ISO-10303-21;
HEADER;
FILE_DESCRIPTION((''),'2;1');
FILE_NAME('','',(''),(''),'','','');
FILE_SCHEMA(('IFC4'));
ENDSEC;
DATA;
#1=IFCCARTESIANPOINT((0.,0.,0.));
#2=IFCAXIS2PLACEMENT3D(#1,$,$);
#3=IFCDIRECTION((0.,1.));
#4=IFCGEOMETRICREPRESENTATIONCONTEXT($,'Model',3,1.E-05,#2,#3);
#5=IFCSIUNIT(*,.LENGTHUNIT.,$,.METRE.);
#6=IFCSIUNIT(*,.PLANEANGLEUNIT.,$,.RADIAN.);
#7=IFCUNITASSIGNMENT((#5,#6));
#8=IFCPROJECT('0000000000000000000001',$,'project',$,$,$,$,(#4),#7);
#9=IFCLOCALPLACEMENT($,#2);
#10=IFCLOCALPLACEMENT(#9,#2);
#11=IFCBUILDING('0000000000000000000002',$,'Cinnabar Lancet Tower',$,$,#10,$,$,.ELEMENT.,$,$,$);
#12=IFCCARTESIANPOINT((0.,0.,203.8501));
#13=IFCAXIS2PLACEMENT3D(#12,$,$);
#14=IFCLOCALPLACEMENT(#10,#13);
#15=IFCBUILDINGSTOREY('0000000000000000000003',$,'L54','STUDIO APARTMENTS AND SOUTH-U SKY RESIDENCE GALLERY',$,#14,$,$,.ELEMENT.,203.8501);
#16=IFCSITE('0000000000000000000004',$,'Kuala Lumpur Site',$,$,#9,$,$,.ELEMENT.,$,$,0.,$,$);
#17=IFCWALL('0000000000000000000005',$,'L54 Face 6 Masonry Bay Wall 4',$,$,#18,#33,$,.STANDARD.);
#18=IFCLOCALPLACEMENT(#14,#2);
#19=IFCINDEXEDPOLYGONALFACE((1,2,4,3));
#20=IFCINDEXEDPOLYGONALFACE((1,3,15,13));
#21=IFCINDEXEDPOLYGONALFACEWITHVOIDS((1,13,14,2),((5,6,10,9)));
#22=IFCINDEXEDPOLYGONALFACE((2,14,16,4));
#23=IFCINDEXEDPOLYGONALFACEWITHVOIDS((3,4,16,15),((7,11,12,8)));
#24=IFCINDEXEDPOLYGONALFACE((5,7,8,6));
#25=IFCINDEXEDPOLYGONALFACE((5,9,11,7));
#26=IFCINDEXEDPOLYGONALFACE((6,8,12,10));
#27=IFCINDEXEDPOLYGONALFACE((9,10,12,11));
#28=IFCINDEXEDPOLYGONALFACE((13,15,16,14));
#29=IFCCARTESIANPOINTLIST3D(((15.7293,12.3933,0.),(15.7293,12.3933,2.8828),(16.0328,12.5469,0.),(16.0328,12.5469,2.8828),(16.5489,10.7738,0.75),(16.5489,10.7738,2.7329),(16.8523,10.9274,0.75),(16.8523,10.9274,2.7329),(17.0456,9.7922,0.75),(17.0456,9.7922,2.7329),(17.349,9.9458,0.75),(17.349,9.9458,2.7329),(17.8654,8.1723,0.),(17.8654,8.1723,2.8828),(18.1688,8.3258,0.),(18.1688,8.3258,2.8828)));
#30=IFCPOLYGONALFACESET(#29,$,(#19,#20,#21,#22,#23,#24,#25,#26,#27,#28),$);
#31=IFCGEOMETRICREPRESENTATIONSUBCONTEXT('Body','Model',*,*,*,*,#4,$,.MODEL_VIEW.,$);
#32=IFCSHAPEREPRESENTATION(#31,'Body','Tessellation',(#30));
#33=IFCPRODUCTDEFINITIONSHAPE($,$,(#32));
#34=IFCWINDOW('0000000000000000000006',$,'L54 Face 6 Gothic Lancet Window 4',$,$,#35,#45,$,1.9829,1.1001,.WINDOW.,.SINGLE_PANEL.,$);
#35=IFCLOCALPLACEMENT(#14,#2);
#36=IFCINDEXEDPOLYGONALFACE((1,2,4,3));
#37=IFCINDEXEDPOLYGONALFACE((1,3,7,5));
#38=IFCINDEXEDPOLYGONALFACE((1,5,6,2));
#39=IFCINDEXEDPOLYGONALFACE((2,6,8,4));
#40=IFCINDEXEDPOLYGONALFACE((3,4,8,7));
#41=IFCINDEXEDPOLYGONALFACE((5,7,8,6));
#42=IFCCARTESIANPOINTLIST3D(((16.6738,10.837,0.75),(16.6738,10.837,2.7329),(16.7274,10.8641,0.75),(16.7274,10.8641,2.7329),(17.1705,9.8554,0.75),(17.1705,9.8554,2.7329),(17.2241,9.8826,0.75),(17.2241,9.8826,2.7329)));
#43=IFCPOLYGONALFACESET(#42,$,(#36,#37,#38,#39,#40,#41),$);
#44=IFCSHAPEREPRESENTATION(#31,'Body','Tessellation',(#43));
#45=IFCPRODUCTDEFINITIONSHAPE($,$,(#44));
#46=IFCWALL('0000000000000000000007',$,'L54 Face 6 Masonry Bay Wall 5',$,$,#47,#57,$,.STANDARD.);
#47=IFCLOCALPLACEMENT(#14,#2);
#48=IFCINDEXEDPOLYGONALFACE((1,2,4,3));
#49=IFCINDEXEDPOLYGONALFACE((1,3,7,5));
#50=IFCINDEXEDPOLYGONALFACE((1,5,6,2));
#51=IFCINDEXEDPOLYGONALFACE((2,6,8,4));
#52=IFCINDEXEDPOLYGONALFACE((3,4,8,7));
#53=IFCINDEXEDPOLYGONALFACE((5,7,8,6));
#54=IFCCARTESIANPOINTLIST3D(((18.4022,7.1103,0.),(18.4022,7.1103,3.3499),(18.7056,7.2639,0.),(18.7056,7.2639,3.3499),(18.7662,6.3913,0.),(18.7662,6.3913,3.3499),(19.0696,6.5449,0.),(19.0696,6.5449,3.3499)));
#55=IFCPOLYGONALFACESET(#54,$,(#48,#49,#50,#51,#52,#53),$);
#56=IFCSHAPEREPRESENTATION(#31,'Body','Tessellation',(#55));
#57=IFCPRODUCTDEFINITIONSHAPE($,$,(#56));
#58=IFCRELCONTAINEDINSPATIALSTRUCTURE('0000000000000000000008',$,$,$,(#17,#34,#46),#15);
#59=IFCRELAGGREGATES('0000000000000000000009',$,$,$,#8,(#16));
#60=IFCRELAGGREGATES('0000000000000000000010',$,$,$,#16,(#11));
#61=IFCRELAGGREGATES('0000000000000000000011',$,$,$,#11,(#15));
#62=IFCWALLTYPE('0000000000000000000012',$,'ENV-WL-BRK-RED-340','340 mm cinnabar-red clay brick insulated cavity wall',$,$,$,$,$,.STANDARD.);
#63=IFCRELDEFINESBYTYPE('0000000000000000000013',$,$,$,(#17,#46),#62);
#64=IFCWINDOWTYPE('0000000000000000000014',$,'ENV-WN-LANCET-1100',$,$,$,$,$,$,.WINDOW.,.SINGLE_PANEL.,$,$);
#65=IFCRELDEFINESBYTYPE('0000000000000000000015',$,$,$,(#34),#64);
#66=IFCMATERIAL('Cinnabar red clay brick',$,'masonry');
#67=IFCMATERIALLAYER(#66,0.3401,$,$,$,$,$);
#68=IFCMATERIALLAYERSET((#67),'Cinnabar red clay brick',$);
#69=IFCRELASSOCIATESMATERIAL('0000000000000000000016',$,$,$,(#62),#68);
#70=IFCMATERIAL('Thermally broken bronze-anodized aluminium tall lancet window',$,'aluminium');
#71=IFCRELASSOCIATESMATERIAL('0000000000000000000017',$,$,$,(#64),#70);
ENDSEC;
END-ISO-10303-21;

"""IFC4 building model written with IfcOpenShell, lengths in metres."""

from ifc_helpers import new_model, si_unit, direction, frame, frame_2d, origin, place, context, subcontext, project, spatial, rectangle, extrude, material, layer, layer_set, type_object, element, fill, save


model = new_model("IFC4")

# Units and contexts
model_context = context("Model", 3, precision=1e-05, world=origin(), true_north=direction((0.0, 1.0)))
body_context = subcontext(model_context, "Body", "Model", "MODEL_VIEW")
ifc_project = project(units=[si_unit("LENGTHUNIT", "METRE"), si_unit("PLANEANGLEUNIT", "RADIAN")], contexts=[model_context])

# Site, building, storey
site_placement = place(None, origin())
site = spatial("IfcSite", under=ifc_project, at=site_placement, Name="Kuala Lumpur Site", CompositionType="ELEMENT", RefElevation=0.0)
building_placement = place(site_placement, origin())
building = spatial("IfcBuilding", under=site, at=building_placement, Name="Cinnabar Lancet Tower", CompositionType="ELEMENT")
storey_placement = place(building_placement, frame((0.0, 0.0, 203.8501)))
storey = spatial("IfcBuildingStorey", under=building, at=storey_placement, Name="L54", Description="STUDIO APARTMENTS AND SOUTH-U SKY RESIDENCE GALLERY", CompositionType="ELEMENT", Elevation=203.8501)

# Shared definitions
ifc_material_1 = material(Name="Cinnabar red clay brick", Category="masonry")
ifc_layer_1 = layer(ifc_material_1, 0.3401)
ifc_layer_set_1 = layer_set([ifc_layer_1], Name="Cinnabar red clay brick")
wall_type_1 = type_object("IfcWallType", Name="ENV-WL-BRK-RED-340", Description="340 mm cinnabar-red clay brick insulated cavity wall", PredefinedType="STANDARD", material=ifc_layer_set_1)

# Wall, opening, window
wall_1_placement = place(storey_placement, frame((15.8811, 12.47, 0.0), z_axis=(0.0, 0.0, 1.0), x_axis=(0.451523, -0.89226, 0.0)))
wall_1 = element("IfcWall", 1, at=wall_1_placement, inside=storey, type_object=wall_type_1, Name="L54 Face 6 Masonry Bay Wall 4", PredefinedType="STANDARD", context=body_context, shape_type="SweptSolid", body=[
    extrude(rectangle(XDim=4.7307, YDim=0.3401, at=frame_2d((2.3652, 0.0))), origin(), (0.0, 0.0, 1.0), 2.8828),
])
opening_placement = place(wall_1_placement, frame((1.8149, 0.0, 0.75)))
opening = element("IfcOpeningElement", 2, at=opening_placement, cuts=wall_1, PredefinedType="OPENING", context=body_context, shape_type="SweptSolid", body=[
    extrude(rectangle(XDim=1.1001, YDim=1.9829, at=frame_2d((0.55, 0.9915))), frame((0.0, 0.1799, 0.0), z_axis=(0.0, -1.0, 0.0), x_axis=(1.0, 0.0, 0.0)), (0.0, 0.0, 1.0), 0.3601),
])
ifc_material_2 = material(Name="Thermally broken bronze-anodized aluminium tall lancet window", Category="aluminium")
window_type = type_object("IfcWindowType", Name="ENV-WN-LANCET-1100", PartitioningType="SINGLE_PANEL", PredefinedType="WINDOW", material=ifc_material_2)
window_placement = place(opening_placement, origin())
window = element("IfcWindow", 3, at=window_placement, inside=storey, type_object=window_type, Name="L54 Face 6 Gothic Lancet Window 4", OverallHeight=1.9829, OverallWidth=1.1001, PartitioningType="SINGLE_PANEL", PredefinedType="WINDOW", context=body_context, shape_type="SweptSolid", body=[
    extrude(rectangle(XDim=1.1001, YDim=1.9829, at=frame_2d((0.55, 0.9915))), frame((0.0, 0.03, 0.0), z_axis=(0.0, -1.0, 0.0), x_axis=(1.0, 0.0, 0.0)), (0.0, 0.0, 1.0), 0.0601),
])
fill(opening, window)

# Wall
wall_2_placement = place(storey_placement, frame((18.554, 7.187, 0.0), z_axis=(0.0, 0.0, 1.0), x_axis=(0.451692, -0.892174, 0.0)))
element("IfcWall", 4, at=wall_2_placement, inside=storey, type_object=wall_type_1, Name="L54 Face 6 Masonry Bay Wall 5", PredefinedType="STANDARD", context=body_context, shape_type="SweptSolid", body=[
    extrude(rectangle(XDim=0.8059, YDim=0.3401, at=frame_2d((0.4028, 0.0))), origin(), (0.0, 0.0, 1.0), 3.3499),
])

save(model, "model.ifc")
